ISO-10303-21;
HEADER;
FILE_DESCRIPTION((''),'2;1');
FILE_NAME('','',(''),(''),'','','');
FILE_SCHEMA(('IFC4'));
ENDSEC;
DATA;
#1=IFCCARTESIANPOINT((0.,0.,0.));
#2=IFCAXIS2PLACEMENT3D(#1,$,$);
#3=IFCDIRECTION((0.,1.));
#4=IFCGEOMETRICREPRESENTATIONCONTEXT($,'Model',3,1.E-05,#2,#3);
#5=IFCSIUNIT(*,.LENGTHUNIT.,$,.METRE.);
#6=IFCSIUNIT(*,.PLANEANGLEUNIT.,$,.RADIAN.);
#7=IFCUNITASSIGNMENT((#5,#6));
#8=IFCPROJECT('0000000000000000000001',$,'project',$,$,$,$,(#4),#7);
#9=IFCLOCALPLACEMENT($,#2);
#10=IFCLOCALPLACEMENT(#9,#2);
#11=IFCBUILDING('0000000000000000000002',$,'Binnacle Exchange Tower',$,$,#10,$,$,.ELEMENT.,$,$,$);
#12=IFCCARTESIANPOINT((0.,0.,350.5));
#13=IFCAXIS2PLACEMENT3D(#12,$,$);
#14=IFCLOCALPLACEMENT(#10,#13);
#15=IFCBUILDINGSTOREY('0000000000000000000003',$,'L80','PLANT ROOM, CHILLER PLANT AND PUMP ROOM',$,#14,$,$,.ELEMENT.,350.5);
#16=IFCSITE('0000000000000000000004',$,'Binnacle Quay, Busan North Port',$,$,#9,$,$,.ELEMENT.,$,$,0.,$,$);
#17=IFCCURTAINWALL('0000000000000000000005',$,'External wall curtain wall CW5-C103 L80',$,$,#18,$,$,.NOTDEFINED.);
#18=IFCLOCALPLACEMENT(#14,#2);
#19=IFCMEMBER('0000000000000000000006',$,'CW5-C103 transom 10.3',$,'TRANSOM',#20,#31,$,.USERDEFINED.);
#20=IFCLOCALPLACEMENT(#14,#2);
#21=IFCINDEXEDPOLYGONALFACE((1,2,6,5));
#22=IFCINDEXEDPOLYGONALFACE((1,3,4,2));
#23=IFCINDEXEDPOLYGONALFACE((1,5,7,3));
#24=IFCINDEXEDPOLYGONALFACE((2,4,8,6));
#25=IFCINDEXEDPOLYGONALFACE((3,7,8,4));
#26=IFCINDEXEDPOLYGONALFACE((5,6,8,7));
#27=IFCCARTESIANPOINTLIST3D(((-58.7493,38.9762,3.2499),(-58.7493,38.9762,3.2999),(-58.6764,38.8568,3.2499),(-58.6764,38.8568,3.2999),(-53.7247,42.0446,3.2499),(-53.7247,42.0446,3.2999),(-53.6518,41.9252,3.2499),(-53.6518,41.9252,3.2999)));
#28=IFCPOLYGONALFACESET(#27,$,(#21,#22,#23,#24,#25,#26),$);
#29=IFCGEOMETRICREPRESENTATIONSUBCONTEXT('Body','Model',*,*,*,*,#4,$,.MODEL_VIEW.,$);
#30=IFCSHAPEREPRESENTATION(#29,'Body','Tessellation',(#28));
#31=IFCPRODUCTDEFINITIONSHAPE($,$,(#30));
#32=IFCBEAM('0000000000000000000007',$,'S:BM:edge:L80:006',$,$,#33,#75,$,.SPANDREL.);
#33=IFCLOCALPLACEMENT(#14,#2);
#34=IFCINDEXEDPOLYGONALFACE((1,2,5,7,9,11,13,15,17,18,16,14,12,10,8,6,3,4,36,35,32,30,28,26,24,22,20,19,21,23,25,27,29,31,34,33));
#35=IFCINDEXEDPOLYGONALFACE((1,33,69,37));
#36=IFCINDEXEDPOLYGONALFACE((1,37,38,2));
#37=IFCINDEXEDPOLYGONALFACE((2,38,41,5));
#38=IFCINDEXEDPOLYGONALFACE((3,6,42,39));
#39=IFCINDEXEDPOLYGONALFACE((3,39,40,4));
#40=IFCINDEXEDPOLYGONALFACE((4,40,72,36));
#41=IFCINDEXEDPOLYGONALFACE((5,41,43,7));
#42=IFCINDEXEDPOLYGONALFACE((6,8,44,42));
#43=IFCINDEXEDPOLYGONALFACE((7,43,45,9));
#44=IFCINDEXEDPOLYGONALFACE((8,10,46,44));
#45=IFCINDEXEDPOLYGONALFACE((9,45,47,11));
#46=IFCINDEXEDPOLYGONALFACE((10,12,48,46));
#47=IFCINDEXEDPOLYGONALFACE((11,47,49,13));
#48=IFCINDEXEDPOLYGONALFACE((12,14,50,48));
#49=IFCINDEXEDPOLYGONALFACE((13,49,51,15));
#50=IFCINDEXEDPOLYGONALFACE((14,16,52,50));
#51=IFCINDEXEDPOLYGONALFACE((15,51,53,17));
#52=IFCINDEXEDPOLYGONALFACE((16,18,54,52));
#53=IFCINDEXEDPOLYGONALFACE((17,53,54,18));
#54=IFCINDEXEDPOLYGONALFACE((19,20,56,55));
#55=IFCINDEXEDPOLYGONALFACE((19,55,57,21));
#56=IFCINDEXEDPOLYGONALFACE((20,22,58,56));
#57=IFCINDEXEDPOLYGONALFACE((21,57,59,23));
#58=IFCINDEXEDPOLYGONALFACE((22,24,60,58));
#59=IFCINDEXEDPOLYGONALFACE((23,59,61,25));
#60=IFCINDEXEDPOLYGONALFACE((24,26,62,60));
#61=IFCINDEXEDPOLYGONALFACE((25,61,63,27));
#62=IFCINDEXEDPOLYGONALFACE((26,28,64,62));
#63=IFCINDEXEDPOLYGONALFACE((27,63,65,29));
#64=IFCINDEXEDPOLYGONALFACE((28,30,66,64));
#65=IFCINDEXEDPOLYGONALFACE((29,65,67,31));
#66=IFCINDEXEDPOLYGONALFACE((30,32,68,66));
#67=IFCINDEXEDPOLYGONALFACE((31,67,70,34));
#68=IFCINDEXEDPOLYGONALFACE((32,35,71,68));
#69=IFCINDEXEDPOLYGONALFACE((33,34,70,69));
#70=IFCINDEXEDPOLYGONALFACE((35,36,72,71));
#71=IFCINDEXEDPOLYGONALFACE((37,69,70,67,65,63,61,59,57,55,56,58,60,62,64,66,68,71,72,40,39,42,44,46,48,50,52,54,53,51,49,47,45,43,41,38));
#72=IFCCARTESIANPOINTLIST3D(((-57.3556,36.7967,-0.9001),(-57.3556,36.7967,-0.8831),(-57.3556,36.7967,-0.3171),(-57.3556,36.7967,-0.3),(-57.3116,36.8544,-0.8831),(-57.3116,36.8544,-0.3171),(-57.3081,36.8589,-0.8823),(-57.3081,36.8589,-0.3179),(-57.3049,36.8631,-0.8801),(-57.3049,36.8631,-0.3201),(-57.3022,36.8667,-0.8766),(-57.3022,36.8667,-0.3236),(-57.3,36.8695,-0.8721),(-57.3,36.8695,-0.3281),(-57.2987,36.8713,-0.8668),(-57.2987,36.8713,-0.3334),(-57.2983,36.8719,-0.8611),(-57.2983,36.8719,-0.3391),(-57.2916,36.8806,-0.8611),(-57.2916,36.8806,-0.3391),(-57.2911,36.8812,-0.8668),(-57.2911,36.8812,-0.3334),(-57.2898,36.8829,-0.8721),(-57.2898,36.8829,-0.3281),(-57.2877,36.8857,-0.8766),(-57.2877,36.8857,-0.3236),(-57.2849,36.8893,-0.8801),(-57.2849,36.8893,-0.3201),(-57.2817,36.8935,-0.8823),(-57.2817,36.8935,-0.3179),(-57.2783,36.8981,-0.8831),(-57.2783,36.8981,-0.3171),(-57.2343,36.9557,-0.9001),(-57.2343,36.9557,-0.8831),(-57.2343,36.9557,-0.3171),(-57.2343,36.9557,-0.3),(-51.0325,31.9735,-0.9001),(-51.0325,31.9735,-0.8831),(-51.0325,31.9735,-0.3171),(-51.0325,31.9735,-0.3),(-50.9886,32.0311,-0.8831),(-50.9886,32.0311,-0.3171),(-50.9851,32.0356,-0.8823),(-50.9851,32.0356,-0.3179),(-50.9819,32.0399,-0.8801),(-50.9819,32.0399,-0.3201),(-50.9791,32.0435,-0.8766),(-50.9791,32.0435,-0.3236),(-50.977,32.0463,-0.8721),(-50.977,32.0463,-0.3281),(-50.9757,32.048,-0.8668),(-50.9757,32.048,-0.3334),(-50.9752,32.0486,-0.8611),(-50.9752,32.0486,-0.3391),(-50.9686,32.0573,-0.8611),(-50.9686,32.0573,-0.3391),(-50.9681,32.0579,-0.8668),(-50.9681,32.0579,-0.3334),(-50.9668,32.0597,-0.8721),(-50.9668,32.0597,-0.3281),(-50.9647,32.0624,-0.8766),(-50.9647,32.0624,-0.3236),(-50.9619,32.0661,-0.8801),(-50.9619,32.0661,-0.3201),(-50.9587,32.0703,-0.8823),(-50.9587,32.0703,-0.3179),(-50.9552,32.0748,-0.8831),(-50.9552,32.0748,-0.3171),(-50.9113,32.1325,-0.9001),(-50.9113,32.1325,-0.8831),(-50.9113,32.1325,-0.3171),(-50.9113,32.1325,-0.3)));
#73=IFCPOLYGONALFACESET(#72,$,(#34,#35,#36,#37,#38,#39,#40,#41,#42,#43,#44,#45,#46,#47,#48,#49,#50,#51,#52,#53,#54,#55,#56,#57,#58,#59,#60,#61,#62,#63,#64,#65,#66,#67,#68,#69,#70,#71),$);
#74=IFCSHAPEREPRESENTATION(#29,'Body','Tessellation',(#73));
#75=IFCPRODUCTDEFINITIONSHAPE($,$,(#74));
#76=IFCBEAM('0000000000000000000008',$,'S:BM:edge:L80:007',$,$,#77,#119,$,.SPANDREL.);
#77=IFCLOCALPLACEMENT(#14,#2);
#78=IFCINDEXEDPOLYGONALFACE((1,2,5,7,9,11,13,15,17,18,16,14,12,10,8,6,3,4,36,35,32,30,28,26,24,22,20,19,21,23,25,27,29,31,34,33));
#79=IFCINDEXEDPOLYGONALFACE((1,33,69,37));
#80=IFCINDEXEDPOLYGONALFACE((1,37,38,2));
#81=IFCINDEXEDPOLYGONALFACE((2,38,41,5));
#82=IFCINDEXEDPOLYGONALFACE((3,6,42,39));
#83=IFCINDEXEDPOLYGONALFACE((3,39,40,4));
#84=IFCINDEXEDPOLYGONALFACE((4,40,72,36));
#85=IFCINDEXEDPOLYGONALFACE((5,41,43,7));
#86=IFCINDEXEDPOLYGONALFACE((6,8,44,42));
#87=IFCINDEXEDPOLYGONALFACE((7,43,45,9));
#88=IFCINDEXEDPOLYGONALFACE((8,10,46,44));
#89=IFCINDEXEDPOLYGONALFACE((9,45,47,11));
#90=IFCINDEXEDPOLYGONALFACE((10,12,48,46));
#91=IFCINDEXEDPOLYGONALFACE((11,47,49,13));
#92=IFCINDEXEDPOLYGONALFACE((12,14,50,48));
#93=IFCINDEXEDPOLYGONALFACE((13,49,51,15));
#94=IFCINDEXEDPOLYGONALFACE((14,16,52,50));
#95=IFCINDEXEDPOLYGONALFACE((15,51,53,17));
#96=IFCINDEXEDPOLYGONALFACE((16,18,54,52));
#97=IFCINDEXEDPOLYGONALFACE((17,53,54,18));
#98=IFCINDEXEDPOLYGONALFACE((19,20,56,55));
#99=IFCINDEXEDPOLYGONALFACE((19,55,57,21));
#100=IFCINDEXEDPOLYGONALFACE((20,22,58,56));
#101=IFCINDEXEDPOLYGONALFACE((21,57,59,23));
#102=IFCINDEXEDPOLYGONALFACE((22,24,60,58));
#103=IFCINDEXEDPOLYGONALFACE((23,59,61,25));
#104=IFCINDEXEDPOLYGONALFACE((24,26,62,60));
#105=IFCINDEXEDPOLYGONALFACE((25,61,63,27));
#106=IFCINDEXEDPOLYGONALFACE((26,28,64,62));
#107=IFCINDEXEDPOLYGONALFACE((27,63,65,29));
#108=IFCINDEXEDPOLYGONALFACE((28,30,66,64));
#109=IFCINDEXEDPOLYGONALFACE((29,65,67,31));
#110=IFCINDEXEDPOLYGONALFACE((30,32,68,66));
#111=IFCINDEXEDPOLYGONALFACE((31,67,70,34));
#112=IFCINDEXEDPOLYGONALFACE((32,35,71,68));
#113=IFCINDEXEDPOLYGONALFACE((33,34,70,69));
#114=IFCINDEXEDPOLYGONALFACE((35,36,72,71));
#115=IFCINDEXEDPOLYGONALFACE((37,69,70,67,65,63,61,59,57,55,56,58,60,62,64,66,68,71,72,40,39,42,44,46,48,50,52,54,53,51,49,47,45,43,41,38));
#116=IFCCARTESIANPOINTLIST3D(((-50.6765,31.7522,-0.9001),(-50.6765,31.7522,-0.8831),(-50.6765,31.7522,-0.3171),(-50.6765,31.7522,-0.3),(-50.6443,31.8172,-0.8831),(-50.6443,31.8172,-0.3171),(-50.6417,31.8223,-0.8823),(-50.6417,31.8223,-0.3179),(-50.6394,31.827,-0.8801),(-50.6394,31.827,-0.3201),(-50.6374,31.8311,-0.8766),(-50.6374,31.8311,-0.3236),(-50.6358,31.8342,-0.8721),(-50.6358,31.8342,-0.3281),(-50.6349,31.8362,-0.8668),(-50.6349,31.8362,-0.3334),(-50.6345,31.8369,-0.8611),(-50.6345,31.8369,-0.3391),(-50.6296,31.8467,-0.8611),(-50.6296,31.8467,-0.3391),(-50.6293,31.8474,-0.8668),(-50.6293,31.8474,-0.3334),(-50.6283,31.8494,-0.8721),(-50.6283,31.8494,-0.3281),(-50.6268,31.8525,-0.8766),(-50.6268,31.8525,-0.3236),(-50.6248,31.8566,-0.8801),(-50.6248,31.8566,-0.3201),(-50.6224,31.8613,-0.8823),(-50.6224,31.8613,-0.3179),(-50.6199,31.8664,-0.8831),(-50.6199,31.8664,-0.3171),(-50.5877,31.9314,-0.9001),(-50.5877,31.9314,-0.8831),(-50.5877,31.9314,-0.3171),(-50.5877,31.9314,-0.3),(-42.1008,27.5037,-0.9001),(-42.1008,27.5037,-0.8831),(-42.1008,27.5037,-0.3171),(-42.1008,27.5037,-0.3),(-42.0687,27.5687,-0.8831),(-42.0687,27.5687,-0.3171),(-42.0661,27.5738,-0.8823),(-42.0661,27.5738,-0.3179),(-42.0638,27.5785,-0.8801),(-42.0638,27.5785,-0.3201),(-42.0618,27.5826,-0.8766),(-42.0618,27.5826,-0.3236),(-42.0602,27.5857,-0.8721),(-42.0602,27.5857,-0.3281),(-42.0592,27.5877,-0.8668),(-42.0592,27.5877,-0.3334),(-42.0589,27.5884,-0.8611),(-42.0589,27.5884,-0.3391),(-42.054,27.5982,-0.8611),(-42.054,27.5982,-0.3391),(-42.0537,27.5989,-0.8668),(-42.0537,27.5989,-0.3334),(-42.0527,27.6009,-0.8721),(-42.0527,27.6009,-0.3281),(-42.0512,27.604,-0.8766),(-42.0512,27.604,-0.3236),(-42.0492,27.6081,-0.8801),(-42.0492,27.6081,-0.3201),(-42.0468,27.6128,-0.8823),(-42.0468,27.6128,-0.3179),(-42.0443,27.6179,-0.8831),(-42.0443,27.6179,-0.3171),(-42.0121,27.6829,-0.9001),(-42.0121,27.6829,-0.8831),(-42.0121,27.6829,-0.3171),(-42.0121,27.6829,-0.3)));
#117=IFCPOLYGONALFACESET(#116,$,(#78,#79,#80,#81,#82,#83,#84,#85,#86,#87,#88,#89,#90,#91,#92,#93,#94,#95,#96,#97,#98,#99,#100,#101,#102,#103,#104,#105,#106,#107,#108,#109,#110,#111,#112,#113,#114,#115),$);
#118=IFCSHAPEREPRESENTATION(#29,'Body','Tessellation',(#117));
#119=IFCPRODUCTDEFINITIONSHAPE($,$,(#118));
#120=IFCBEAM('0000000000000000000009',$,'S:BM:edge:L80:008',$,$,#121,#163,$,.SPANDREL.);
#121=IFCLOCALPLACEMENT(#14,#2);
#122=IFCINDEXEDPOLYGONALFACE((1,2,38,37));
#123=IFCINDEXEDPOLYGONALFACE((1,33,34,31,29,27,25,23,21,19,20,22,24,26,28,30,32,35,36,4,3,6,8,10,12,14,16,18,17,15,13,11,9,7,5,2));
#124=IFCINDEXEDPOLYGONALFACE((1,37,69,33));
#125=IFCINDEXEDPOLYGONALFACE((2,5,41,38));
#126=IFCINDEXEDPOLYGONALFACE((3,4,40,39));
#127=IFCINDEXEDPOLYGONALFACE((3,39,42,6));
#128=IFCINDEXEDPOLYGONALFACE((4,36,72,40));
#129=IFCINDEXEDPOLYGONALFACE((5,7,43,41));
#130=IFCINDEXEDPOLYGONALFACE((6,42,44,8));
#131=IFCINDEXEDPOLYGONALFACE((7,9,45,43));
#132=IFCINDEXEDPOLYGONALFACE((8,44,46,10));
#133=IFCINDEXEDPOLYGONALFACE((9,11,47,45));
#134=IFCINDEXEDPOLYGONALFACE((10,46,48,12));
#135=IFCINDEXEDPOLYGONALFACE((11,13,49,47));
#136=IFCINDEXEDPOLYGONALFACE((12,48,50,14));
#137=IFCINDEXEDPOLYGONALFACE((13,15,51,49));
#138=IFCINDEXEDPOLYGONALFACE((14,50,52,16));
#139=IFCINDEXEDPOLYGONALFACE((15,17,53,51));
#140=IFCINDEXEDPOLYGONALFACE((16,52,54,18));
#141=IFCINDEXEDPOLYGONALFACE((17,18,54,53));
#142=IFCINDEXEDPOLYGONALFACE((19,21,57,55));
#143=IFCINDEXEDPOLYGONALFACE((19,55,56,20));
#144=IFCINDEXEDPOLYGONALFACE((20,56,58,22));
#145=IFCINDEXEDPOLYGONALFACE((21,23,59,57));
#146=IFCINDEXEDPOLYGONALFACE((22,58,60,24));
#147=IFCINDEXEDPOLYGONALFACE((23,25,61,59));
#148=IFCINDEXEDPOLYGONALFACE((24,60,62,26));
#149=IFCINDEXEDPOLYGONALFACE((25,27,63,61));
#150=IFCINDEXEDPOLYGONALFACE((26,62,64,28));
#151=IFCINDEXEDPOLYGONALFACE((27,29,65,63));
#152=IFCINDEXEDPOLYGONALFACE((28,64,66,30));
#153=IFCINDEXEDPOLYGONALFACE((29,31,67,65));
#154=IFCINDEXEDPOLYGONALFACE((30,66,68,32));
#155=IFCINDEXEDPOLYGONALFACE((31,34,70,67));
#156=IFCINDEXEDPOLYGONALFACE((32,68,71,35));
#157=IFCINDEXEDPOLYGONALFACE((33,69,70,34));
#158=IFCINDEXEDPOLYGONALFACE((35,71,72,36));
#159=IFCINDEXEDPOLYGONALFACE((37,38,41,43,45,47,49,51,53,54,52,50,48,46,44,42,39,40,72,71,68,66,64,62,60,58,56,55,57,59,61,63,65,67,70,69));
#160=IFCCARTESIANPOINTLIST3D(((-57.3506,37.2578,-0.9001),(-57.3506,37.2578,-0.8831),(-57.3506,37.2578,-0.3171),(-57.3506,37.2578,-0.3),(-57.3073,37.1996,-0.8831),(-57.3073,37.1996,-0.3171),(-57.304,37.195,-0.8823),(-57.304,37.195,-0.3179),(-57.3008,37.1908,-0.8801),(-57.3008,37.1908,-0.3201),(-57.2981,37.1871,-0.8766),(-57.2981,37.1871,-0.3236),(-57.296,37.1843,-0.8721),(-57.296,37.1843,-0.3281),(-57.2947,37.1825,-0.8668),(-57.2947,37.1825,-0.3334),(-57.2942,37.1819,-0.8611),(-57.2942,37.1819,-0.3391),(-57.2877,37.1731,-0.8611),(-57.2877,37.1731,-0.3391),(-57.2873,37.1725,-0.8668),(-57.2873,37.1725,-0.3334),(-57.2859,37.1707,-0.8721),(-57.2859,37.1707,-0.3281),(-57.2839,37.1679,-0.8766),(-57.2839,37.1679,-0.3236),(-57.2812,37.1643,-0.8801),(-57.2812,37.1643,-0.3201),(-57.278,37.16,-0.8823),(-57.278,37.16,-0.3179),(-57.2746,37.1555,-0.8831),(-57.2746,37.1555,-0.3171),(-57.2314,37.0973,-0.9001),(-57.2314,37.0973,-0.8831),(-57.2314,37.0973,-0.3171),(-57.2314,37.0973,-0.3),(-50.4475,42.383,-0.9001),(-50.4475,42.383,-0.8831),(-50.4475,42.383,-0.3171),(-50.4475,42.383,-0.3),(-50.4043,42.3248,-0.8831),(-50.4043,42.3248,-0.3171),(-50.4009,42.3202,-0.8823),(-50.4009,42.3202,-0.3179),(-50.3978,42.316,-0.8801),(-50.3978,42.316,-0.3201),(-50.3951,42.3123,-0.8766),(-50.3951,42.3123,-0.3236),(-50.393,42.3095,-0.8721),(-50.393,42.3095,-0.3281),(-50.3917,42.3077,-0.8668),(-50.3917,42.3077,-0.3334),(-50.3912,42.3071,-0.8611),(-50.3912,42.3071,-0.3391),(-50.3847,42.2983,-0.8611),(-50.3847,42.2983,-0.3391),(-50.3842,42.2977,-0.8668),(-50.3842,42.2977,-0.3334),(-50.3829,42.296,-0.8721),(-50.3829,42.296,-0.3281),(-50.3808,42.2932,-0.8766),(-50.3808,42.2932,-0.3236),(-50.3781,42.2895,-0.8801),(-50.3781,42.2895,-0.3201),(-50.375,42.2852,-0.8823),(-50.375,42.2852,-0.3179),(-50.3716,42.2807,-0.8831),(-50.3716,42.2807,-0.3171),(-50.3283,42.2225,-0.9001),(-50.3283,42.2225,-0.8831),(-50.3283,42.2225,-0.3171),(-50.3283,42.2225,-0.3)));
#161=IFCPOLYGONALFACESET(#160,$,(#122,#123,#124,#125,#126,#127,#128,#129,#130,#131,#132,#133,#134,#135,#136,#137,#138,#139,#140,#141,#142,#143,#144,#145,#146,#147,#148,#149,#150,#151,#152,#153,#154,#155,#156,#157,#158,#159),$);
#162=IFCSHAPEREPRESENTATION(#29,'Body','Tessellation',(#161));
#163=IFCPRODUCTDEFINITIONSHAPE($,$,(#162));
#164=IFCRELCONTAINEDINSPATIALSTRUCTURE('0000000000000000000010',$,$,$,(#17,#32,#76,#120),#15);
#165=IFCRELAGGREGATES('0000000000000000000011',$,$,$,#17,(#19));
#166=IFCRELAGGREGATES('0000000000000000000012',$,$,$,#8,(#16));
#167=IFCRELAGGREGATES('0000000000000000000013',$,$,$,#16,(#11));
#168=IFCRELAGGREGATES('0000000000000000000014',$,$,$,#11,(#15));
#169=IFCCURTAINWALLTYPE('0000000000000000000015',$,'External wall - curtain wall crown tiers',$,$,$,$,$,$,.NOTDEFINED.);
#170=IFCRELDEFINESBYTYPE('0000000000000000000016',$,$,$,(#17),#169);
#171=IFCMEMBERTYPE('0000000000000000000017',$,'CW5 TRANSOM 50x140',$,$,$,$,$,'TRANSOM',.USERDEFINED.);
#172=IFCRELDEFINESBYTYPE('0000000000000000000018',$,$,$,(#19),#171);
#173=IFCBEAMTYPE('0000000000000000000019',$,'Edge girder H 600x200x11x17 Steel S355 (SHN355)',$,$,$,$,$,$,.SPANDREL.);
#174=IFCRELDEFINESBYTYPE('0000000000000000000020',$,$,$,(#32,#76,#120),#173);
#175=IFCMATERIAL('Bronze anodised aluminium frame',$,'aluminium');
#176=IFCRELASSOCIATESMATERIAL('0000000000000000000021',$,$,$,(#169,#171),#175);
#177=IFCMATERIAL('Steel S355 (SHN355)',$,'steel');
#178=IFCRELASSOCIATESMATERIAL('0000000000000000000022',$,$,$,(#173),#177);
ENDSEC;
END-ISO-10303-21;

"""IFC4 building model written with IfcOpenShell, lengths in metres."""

from ifc_helpers import new_model, si_unit, direction, frame, origin, origin_2d, place, context, subcontext, project, spatial, rectangle, i_section, extrude, material, material_profile, profile_set, type_object, element, aggregate, save


model = new_model("IFC4")

# Units and contexts
model_context = context("Model", 3, precision=1e-05, world=origin(), true_north=direction((0.0, 1.0)))
body_context = subcontext(model_context, "Body", "Model", "MODEL_VIEW")
ifc_project = project(units=[si_unit("LENGTHUNIT", "METRE"), si_unit("PLANEANGLEUNIT", "RADIAN")], contexts=[model_context])

# Site, building, storey
site_placement = place(None, origin())
site = spatial("IfcSite", under=ifc_project, at=site_placement, Name="Binnacle Quay, Busan North Port", CompositionType="ELEMENT", RefElevation=0.0)
building_placement = place(site_placement, origin())
building = spatial("IfcBuilding", under=site, at=building_placement, Name="Binnacle Exchange Tower", CompositionType="ELEMENT")
storey_placement = place(building_placement, frame((0.0, 0.0, 350.5)))
storey = spatial("IfcBuildingStorey", under=building, at=storey_placement, Name="L80", Description="PLANT ROOM, CHILLER PLANT AND PUMP ROOM", CompositionType="ELEMENT", Elevation=350.5)

# Shared definitions
ifc_material_1 = material(Name="Steel S355 (SHN355)", Category="steel")

# Curtain wall, member
ifc_material_2 = material(Name="Bronze anodised aluminium frame", Category="aluminium")
curtain_wall_type = type_object("IfcCurtainWallType", Name="External wall - curtain wall crown tiers", PredefinedType="NOTDEFINED", material=ifc_material_2)
curtain_wall_placement = place(storey_placement, origin())
curtain_wall = element("IfcCurtainWall", 1, at=curtain_wall_placement, inside=storey, type_object=curtain_wall_type, Name="External wall curtain wall CW5-C103 L80", PredefinedType="NOTDEFINED")
ifc_material_profile_1 = material_profile(ifc_material_2, rectangle(XDim=0.1399, YDim=0.05, at=origin_2d()), Name="AL 140x50")
ifc_profile_set_1 = profile_set([ifc_material_profile_1], Name="Bronze anodised aluminium frame")
member_type_1 = type_object("IfcMemberType", Name="CW5 TRANSOM 50x140", ElementType="TRANSOM", PredefinedType="USERDEFINED", material=ifc_profile_set_1)
member_1_placement = place(storey_placement, frame((-53.6882, 41.9849, 3.2749), z_axis=(-0.853453, -0.52117, 0.0), x_axis=(0.52117, -0.853453, 0.0)))
member_1 = element("IfcMember", 2, at=member_1_placement, type_object=member_type_1, Name="CW5-C103 transom 10.3", ObjectType="TRANSOM", PredefinedType="USERDEFINED", context=body_context, shape_type="SweptSolid", body=[
    extrude(rectangle(XDim=0.1399, YDim=0.05, at=origin_2d()), origin(), (0.0, 0.0, 1.0), 5.8875),
])

# Beams
ifc_material_profile_2 = material_profile(ifc_material_1, i_section(OverallWidth=0.2, OverallDepth=0.6001, WebThickness=0.011, FlangeThickness=0.0171, FilletRadius=0.022, at=origin_2d()), Name="H 600x200x11x17")
ifc_profile_set_2 = profile_set([ifc_material_profile_2], Name="Steel S355 (SHN355)")
beam_type_1 = type_object("IfcBeamType", Name="Edge girder H 600x200x11x17 Steel S355 (SHN355)", PredefinedType="SPANDREL", material=ifc_profile_set_2)
beam_1_placement = place(storey_placement, frame((-57.2949, 36.8762, -0.6001), z_axis=(0.795085, -0.606498, 0.0), x_axis=(0.606498, 0.795085, 0.0)))
element("IfcBeam", 3, at=beam_1_placement, inside=storey, type_object=beam_type_1, Name="S:BM:edge:L80:006", PredefinedType="SPANDREL", context=body_context, shape_type="SweptSolid", body=[
    extrude(i_section(OverallWidth=0.2, OverallDepth=0.6001, WebThickness=0.011, FlangeThickness=0.0171, FilletRadius=0.022, at=origin_2d()), origin(), (0.0, 0.0, 1.0), 7.9526),
])
beam_2_placement = place(storey_placement, frame((-50.6321, 31.8418, -0.6001), z_axis=(0.896064, -0.443925, 0.0), x_axis=(0.443925, 0.896064, 0.0)))
element("IfcBeam", 4, at=beam_2_placement, inside=storey, type_object=beam_type_1, Name="S:BM:edge:L80:007", PredefinedType="SPANDREL", context=body_context, shape_type="SweptSolid", body=[
    extrude(i_section(OverallWidth=0.2, OverallDepth=0.6001, WebThickness=0.011, FlangeThickness=0.0171, FilletRadius=0.022, at=origin_2d()), origin(), (0.0, 0.0, 1.0), 9.5703),
])
beam_3_placement = place(storey_placement, frame((-50.3879, 42.3027, -0.6001), z_axis=(-0.802897, -0.596117, 0.0), x_axis=(0.596117, -0.802897, 0.0)))
element("IfcBeam", 5, at=beam_3_placement, inside=storey, type_object=beam_type_1, Name="S:BM:edge:L80:008", PredefinedType="SPANDREL", context=body_context, shape_type="SweptSolid", body=[
    extrude(i_section(OverallWidth=0.2, OverallDepth=0.6001, WebThickness=0.011, FlangeThickness=0.0171, FilletRadius=0.022, at=origin_2d()), origin(), (0.0, 0.0, 1.0), 8.5977),
])

aggregate(curtain_wall, [member_1])

save(model, "model.ifc")
